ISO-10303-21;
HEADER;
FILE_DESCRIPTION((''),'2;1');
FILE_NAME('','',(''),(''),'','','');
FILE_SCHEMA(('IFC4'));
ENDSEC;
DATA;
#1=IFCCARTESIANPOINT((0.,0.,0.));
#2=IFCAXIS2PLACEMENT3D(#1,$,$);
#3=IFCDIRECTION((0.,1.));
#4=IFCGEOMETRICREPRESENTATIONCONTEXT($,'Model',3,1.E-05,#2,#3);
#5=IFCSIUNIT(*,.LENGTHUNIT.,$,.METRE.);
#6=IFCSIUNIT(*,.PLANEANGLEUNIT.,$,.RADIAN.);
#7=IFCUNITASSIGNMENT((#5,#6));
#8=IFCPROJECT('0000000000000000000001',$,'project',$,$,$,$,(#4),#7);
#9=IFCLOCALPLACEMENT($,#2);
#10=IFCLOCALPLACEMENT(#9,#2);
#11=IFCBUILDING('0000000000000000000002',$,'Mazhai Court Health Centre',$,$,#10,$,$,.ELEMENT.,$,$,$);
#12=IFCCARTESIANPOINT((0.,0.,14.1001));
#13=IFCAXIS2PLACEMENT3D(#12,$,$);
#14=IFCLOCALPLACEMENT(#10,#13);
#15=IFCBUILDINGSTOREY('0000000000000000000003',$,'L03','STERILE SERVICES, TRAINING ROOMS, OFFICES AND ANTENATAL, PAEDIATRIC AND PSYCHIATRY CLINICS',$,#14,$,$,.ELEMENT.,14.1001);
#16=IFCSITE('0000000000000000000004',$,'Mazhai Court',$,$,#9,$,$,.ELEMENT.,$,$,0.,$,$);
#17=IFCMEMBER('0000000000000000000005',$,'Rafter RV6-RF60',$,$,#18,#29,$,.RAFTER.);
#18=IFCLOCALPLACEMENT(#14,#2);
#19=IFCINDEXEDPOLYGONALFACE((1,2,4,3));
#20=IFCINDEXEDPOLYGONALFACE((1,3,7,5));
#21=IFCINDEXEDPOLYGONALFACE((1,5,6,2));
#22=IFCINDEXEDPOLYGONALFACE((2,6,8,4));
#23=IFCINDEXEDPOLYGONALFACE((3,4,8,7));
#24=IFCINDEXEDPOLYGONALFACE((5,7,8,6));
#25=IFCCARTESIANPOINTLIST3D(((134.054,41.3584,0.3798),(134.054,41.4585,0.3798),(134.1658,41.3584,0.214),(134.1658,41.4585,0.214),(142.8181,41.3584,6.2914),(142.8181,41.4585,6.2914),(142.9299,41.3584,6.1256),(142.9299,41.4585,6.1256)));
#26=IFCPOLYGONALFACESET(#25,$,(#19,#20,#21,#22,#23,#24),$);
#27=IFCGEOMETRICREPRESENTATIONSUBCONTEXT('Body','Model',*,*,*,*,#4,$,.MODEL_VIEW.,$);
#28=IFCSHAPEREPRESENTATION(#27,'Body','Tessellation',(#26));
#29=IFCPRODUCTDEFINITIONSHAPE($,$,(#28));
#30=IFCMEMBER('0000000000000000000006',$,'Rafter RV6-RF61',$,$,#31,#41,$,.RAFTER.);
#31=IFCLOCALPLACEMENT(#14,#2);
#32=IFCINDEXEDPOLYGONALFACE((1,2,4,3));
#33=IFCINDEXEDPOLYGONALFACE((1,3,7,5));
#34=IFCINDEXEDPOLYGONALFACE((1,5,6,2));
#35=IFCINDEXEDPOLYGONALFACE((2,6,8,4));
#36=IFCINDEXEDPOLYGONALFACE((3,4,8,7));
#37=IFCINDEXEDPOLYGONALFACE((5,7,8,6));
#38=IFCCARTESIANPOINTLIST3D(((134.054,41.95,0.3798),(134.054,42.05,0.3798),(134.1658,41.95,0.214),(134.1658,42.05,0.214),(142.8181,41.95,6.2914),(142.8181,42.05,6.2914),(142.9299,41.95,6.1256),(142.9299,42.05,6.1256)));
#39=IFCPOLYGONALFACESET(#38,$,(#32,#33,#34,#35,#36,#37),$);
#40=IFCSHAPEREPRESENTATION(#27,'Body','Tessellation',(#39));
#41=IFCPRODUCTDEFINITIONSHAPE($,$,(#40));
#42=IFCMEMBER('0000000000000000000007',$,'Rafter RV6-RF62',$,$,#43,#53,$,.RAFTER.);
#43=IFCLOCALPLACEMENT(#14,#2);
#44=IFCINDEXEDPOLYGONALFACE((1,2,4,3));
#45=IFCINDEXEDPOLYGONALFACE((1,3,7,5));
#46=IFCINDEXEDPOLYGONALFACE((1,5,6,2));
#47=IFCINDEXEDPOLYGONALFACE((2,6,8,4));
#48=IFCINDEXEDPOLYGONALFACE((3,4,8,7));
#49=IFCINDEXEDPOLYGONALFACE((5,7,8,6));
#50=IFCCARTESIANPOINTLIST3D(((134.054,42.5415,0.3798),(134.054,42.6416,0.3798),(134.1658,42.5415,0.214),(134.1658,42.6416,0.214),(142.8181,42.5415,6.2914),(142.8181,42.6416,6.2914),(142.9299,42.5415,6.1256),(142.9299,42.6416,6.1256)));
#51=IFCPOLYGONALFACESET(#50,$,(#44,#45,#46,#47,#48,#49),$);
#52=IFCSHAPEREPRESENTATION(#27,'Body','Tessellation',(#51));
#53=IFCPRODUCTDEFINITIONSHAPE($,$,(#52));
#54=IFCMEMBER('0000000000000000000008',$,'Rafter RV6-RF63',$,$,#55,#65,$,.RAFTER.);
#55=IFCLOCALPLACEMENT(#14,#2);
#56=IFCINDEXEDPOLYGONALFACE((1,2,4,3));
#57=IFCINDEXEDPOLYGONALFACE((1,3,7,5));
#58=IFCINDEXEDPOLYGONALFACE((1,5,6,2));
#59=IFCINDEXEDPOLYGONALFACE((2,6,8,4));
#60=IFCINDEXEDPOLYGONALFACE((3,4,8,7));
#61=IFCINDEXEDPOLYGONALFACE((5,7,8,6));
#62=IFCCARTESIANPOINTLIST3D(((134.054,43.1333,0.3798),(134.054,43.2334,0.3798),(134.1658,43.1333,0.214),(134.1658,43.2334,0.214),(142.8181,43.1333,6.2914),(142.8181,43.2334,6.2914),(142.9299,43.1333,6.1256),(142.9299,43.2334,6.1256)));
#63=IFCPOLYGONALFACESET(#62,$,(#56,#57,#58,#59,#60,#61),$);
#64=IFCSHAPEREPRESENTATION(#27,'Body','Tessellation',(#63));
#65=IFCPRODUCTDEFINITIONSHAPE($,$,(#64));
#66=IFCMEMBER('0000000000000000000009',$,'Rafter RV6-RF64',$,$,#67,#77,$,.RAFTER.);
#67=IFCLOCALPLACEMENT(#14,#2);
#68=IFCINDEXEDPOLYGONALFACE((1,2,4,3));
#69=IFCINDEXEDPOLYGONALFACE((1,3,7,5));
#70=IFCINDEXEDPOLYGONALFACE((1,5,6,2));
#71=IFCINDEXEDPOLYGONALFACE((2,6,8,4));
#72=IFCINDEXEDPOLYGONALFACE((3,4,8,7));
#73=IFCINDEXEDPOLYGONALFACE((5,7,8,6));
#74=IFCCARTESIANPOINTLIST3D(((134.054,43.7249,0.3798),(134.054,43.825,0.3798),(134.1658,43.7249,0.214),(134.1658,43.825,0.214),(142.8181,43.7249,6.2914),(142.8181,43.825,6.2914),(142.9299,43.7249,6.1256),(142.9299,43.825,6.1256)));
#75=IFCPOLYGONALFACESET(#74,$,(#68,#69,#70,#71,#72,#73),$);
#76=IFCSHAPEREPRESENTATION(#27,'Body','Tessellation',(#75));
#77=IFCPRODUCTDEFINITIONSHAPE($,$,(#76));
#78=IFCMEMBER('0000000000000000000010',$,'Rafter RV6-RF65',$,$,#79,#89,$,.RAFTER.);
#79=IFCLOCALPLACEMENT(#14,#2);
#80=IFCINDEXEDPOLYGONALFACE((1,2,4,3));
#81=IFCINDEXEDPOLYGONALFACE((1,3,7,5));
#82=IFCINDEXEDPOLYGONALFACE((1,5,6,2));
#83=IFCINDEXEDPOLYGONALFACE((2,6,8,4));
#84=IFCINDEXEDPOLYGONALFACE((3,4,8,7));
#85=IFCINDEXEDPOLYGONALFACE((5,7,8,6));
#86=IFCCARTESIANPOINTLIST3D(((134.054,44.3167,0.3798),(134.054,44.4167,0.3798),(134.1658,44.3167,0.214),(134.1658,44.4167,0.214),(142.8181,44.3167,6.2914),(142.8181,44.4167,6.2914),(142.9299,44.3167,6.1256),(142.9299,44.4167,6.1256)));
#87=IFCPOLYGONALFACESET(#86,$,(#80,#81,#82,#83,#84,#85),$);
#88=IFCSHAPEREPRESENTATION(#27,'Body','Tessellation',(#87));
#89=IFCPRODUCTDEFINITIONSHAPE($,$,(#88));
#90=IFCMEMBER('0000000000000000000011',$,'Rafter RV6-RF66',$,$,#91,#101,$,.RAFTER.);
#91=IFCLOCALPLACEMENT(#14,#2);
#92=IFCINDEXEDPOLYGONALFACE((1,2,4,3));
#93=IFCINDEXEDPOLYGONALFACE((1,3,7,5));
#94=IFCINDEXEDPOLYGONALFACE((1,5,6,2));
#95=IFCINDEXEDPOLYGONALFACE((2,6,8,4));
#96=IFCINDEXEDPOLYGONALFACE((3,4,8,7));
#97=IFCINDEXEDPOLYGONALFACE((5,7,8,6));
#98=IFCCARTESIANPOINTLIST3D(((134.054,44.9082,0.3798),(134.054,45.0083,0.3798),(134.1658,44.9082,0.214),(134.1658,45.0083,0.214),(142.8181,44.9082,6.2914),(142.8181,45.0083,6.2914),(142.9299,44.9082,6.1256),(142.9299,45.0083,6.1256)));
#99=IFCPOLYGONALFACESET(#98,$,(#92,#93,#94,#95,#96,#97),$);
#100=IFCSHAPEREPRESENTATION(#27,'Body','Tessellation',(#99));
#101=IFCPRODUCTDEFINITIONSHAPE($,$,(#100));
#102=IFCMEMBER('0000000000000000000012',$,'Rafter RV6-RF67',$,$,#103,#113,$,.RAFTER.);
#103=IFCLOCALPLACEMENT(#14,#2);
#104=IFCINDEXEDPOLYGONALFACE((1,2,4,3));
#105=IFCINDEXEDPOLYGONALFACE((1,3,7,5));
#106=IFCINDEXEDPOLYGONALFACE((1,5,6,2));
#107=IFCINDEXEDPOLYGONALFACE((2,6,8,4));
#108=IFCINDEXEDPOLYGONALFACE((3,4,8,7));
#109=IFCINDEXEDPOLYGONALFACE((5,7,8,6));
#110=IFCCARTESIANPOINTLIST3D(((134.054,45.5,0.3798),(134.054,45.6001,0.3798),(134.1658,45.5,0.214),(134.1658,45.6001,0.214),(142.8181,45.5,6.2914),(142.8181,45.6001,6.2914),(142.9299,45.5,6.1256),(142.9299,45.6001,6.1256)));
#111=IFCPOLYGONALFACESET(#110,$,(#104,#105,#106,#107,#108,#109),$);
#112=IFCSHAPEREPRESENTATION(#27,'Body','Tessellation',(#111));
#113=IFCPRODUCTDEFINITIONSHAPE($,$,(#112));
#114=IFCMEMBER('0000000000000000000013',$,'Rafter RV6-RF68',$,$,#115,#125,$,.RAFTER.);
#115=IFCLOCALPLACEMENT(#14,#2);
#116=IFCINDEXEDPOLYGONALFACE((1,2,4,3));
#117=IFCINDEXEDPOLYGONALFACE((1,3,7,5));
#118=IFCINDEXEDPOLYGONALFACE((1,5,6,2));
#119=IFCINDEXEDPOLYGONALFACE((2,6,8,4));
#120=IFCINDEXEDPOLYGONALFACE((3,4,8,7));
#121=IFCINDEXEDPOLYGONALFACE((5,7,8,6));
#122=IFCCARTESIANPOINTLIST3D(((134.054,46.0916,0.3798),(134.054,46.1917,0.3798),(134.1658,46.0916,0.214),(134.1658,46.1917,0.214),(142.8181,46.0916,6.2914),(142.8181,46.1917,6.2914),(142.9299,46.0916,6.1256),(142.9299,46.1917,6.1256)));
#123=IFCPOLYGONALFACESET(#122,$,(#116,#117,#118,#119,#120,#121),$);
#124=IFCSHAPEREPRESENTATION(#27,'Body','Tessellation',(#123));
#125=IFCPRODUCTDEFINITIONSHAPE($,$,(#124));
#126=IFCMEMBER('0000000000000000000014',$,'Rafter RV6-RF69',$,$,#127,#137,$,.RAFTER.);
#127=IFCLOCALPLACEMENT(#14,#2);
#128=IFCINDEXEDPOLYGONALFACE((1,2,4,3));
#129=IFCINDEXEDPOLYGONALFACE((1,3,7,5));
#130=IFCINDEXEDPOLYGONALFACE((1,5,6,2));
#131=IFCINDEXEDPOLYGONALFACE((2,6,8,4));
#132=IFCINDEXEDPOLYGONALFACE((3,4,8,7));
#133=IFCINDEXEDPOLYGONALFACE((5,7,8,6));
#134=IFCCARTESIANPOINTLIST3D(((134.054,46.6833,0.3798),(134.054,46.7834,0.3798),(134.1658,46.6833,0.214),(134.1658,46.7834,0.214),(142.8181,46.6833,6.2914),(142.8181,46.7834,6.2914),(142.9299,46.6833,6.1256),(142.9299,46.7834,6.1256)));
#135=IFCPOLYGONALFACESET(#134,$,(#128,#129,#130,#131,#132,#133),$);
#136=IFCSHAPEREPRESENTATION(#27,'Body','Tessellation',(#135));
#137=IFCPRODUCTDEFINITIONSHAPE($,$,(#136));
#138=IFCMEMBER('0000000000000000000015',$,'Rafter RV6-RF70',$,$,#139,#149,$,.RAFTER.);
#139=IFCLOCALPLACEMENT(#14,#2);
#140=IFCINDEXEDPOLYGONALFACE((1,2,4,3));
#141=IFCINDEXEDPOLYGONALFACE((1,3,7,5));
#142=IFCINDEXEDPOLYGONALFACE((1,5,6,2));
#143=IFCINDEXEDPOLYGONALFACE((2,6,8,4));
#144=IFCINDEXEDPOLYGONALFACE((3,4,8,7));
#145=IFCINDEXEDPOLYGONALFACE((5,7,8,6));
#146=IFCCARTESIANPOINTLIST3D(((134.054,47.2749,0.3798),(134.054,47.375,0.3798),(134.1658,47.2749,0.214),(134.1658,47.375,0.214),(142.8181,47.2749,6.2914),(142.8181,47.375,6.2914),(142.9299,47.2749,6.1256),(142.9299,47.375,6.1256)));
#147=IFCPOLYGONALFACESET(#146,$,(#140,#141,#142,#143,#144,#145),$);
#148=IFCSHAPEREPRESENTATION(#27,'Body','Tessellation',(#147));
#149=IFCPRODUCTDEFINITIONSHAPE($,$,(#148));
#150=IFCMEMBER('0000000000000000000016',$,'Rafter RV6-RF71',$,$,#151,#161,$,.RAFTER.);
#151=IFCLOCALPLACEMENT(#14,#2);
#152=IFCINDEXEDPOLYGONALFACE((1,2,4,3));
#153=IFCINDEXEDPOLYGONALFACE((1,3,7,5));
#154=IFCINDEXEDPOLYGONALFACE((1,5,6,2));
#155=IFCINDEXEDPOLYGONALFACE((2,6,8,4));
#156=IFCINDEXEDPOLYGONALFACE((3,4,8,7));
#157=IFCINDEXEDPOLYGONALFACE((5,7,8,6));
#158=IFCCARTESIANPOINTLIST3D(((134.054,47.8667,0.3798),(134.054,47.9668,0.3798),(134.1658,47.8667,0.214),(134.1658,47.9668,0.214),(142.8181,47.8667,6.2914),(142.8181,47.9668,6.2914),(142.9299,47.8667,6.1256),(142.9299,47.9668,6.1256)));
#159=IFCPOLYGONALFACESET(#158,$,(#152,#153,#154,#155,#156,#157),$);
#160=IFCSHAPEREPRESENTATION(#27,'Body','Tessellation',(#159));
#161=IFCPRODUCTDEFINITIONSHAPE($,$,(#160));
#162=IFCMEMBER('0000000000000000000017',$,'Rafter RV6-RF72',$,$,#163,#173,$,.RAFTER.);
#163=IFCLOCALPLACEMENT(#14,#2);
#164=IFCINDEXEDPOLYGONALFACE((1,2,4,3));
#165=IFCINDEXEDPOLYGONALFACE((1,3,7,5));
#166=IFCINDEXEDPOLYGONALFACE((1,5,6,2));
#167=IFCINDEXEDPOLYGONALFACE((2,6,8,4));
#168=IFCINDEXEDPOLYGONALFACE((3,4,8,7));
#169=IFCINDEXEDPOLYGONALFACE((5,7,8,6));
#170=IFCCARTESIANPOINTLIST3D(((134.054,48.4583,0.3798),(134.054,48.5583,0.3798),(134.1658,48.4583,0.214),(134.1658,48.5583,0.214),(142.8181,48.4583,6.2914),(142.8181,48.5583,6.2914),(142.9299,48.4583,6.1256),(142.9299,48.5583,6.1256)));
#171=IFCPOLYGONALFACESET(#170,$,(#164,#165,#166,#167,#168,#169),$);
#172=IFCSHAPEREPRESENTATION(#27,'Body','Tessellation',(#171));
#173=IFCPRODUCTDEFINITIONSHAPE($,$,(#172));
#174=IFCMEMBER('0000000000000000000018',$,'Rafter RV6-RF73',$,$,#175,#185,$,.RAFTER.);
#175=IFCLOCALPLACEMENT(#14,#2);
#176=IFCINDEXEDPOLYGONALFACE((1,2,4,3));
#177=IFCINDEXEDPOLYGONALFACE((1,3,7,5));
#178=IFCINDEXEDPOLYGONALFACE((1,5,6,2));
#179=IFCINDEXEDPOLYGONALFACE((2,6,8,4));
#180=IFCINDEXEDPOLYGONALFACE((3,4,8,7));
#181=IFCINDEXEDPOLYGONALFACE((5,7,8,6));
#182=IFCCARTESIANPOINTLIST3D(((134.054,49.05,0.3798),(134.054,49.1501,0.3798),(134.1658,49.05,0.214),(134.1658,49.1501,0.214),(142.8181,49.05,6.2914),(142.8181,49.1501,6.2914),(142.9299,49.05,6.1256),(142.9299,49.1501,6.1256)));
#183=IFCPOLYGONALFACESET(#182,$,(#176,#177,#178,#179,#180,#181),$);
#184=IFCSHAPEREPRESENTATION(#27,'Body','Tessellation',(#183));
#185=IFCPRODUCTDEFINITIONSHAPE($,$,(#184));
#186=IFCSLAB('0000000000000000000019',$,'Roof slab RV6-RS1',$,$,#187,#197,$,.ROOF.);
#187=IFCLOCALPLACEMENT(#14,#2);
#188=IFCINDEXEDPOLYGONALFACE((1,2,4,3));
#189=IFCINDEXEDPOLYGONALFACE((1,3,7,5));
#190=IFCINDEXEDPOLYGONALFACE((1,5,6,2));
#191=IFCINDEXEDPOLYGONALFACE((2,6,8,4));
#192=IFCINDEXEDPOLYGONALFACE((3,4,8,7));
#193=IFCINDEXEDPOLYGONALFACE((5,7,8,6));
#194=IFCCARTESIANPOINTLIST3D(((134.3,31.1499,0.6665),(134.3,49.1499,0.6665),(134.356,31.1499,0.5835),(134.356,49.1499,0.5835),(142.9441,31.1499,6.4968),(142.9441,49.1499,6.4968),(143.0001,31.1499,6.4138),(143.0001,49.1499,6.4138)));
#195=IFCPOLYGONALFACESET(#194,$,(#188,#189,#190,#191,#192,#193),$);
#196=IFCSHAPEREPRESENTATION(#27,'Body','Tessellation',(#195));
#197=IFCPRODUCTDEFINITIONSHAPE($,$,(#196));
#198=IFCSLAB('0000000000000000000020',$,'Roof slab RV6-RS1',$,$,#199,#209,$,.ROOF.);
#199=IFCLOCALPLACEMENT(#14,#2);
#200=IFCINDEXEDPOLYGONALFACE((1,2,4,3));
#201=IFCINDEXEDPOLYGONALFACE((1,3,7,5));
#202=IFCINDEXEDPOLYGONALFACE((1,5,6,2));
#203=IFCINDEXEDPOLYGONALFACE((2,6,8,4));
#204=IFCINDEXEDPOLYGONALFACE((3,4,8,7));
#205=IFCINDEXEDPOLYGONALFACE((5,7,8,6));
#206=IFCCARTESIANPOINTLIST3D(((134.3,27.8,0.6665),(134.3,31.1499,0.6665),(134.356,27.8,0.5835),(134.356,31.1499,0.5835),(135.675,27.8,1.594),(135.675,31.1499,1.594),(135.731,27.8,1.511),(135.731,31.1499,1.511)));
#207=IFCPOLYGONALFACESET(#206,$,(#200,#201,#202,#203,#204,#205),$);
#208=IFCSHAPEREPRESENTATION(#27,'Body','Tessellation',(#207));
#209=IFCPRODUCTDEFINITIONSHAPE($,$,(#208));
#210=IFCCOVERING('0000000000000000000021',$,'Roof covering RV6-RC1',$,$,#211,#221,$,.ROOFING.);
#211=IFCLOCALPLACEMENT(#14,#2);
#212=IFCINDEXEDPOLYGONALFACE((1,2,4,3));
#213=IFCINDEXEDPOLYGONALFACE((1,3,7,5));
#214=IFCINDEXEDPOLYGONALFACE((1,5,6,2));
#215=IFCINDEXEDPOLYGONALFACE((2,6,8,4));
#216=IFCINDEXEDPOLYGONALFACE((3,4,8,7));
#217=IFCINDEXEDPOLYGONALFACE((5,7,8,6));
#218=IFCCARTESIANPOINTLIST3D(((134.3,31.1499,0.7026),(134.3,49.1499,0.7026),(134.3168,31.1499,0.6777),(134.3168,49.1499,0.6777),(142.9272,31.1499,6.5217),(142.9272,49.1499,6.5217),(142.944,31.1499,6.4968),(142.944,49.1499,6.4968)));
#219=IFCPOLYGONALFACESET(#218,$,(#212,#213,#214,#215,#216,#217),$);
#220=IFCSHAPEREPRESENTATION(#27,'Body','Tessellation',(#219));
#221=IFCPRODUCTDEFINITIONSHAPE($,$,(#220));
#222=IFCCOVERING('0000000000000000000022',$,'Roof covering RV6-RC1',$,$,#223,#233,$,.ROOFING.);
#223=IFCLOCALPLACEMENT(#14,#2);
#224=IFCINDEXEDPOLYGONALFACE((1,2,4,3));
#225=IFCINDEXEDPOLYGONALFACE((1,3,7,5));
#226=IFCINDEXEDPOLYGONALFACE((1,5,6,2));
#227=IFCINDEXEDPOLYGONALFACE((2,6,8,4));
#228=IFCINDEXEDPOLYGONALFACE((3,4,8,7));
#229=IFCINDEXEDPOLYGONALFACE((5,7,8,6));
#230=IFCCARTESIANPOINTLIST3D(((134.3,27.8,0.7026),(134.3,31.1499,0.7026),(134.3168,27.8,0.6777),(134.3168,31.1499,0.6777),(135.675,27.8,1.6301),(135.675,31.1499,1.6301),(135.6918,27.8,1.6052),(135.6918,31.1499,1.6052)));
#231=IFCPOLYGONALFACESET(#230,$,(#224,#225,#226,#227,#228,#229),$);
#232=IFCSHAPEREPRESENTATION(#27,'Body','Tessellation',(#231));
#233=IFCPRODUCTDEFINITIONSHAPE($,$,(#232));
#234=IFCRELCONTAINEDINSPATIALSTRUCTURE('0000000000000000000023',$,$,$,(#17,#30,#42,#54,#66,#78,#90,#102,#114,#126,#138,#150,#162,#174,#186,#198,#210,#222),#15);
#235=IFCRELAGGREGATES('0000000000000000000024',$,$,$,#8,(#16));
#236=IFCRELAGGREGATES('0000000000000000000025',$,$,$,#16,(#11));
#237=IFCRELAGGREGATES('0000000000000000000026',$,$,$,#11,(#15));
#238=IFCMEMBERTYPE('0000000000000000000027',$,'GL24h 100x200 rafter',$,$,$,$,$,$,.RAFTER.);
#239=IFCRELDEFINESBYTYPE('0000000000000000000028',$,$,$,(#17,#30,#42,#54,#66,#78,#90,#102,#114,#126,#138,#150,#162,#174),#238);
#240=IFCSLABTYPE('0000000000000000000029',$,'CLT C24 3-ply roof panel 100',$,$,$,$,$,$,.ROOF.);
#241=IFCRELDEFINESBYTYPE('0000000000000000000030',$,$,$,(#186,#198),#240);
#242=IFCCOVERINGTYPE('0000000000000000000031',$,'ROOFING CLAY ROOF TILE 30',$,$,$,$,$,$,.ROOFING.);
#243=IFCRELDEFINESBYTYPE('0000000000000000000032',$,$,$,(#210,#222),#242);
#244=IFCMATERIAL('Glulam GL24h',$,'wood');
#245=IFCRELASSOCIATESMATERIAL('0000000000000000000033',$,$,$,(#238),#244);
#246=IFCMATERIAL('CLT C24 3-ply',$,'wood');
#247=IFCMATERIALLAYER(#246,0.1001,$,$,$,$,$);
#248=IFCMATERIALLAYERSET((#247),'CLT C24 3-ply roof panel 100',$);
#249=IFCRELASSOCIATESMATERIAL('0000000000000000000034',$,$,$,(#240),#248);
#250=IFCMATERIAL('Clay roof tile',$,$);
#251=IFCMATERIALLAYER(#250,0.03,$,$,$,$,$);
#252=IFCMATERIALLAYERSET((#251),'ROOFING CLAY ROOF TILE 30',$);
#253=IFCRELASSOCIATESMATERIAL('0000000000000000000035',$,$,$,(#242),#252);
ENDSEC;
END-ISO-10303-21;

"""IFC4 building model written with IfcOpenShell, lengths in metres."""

from ifc_helpers import new_model, si_unit, direction, frame, origin, origin_2d, place, context, subcontext, project, spatial, polyline, rectangle, outline, extrude, material, layer, layer_set, material_profile, profile_set, type_object, element, save


model = new_model("IFC4")

# Units and contexts
model_context = context("Model", 3, precision=1e-05, world=origin(), true_north=direction((0.0, 1.0)))
body_context = subcontext(model_context, "Body", "Model", "MODEL_VIEW")
ifc_project = project(units=[si_unit("LENGTHUNIT", "METRE"), si_unit("PLANEANGLEUNIT", "RADIAN")], contexts=[model_context])

# Site, building, storey
site_placement = place(None, origin())
site = spatial("IfcSite", under=ifc_project, at=site_placement, Name="Mazhai Court", CompositionType="ELEMENT", RefElevation=0.0)
building_placement = place(site_placement, origin())
building = spatial("IfcBuilding", under=site, at=building_placement, Name="Mazhai Court Health Centre", CompositionType="ELEMENT")
storey_placement = place(building_placement, frame((0.0, 0.0, 14.1001)))
storey = spatial("IfcBuildingStorey", under=building, at=storey_placement, Name="L03", Description="STERILE SERVICES, TRAINING ROOMS, OFFICES AND ANTENATAL, PAEDIATRIC AND PSYCHIATRY CLINICS", CompositionType="ELEMENT", Elevation=14.1001)

# Members
ifc_material_1 = material(Name="Glulam GL24h", Category="wood")
ifc_material_profile = material_profile(ifc_material_1, rectangle(XDim=0.1001, YDim=0.2, at=origin_2d()), Name="GL24h 100x200")
ifc_profile_set = profile_set([ifc_material_profile], Name="Glulam GL24h")
member_type = type_object("IfcMemberType", Name="GL24h 100x200 rafter", PredefinedType="RAFTER", material=ifc_profile_set)
for number, where, z_axis, x_axis, name in (
    (1, (134.1099, 41.4084, 0.2969), (0.829032, 0.0, 0.559201), (0.0, 1.0, 0.0), "Rafter RV6-RF60"),
    (2, (134.1099, 42.0, 0.2969), (0.829032, 0.0, 0.559201), (0.0, 1.0, 0.0), "Rafter RV6-RF61"),
    (3, (134.1099, 42.5916, 0.2969), (0.829032, 0.0, 0.559201), (0.0, 1.0, 0.0), "Rafter RV6-RF62"),
    (4, (134.1099, 43.1833, 0.2969), (0.829032, 0.0, 0.559201), (0.0, 1.0, 0.0), "Rafter RV6-RF63"),
    (5, (134.1099, 43.7749, 0.2969), (0.829032, 0.0, 0.559201), (0.0, 1.0, 0.0), "Rafter RV6-RF64"),
    (6, (134.1099, 44.3667, 0.2969), (0.829032, 0.0, 0.559201), (0.0, 1.0, 0.0), "Rafter RV6-RF65"),
    (7, (134.1099, 44.9583, 0.2969), (0.829032, 0.0, 0.559201), (0.0, 1.0, 0.0), "Rafter RV6-RF66"),
    (8, (134.1099, 45.55, 0.2969), (0.829032, 0.0, 0.559201), (0.0, 1.0, 0.0), "Rafter RV6-RF67"),
    (9, (134.1099, 46.1416, 0.2969), (0.829032, 0.0, 0.559201), (0.0, 1.0, 0.0), "Rafter RV6-RF68"),
    (10, (134.1099, 46.7334, 0.2969), (0.829032, 0.0, 0.559201), (0.0, 1.0, 0.0), "Rafter RV6-RF69"),
    (11, (134.1099, 47.325, 0.2969), (0.829032, 0.0, 0.559201), (0.0, 1.0, 0.0), "Rafter RV6-RF70"),
    (12, (134.1099, 47.9167, 0.2969), (0.829032, 0.0, 0.559201), (0.0, 1.0, 0.0), "Rafter RV6-RF71"),
    (13, (134.1099, 48.5083, 0.2969), (0.829032, 0.0, 0.559201), (0.0, 1.0, 0.0), "Rafter RV6-RF72"),
    (14, (134.1099, 49.1001, 0.2969), (0.829032, 0.0, 0.559201), (0.0, 1.0, 0.0), "Rafter RV6-RF73"),
):
    element("IfcMember", number, at=place(storey_placement, frame(where, z_axis=z_axis, x_axis=x_axis)), inside=storey, type_object=member_type, Name=name, PredefinedType="RAFTER", context=body_context, shape_type="SweptSolid", body=[
        extrude(rectangle(XDim=0.1001, YDim=0.2, at=origin_2d()), origin(), (0.0, 0.0, 1.0), 10.5715),
    ])

# Slabs
ifc_material_2 = material(Name="CLT C24 3-ply", Category="wood")
ifc_layer_1 = layer(ifc_material_2, 0.1001)
ifc_layer_set_1 = layer_set([ifc_layer_1], Name="CLT C24 3-ply roof panel 100")
slab_type = type_object("IfcSlabType", Name="CLT C24 3-ply roof panel 100", PredefinedType="ROOF", material=ifc_layer_set_1)
slab_1_placement = place(storey_placement, frame((134.3, 49.1499, 0.6665), z_axis=(-0.559182, 0.0, 0.829045), x_axis=(0.829045, 0.0, 0.559182)))
element("IfcSlab", 15, at=slab_1_placement, inside=storey, type_object=slab_type, Name="Roof slab RV6-RS1", PredefinedType="ROOF", context=body_context, shape_type="SweptSolid", body=[
    extrude(outline(polyline([(0.0, 0.0), (10.4265, 0.0), (10.4265, -18.0), (0.0, -18.0), (0.0, 0.0)])), origin(), (0.0, 0.0, -1.0), 0.1001),
])
slab_2_placement = place(storey_placement, frame((134.3, 31.1499, 0.6665), z_axis=(-0.55921, 0.0, 0.829026), x_axis=(0.829026, 0.0, 0.55921)))
element("IfcSlab", 16, at=slab_2_placement, inside=storey, type_object=slab_type, Name="Roof slab RV6-RS1", PredefinedType="ROOF", context=body_context, shape_type="SweptSolid", body=[
    extrude(outline(polyline([(0.0, 0.0), (1.6586, 0.0), (1.6586, -3.3499), (0.0, -3.3499), (0.0, 0.0)])), origin(), (0.0, 0.0, -1.0), 0.1001),
])

# Coverings
ifc_material_3 = material(Name="Clay roof tile")
ifc_layer_2 = layer(ifc_material_3, 0.03)
ifc_layer_set_2 = layer_set([ifc_layer_2], Name="ROOFING CLAY ROOF TILE 30")
covering_type = type_object("IfcCoveringType", Name="ROOFING CLAY ROOF TILE 30", PredefinedType="ROOFING", material=ifc_layer_set_2)
covering_1_placement = place(storey_placement, frame((134.3, 49.1499, 0.7026), z_axis=(-0.559191, 0.0, 0.829039), x_axis=(0.829039, 0.0, 0.559191)))
element("IfcCovering", 17, at=covering_1_placement, inside=storey, type_object=covering_type, Name="Roof covering RV6-RC1", PredefinedType="ROOFING", context=body_context, shape_type="SweptSolid", body=[
    extrude(outline(polyline([(0.0, 0.0), (10.4063, 0.0), (10.4063, -18.0), (0.0, -18.0), (0.0, 0.0)])), origin(), (0.0, 0.0, -1.0), 0.03),
])
covering_2_placement = place(storey_placement, frame((134.3, 31.1499, 0.7026), z_axis=(-0.55921, 0.0, 0.829026), x_axis=(0.829026, 0.0, 0.55921)))
element("IfcCovering", 18, at=covering_2_placement, inside=storey, type_object=covering_type, Name="Roof covering RV6-RC1", PredefinedType="ROOFING", context=body_context, shape_type="SweptSolid", body=[
    extrude(outline(polyline([(0.0, 0.0), (1.6586, 0.0), (1.6586, -3.3499), (0.0, -3.3499), (0.0, 0.0)])), origin(), (0.0, 0.0, -1.0), 0.03),
])

save(model, "model.ifc")
